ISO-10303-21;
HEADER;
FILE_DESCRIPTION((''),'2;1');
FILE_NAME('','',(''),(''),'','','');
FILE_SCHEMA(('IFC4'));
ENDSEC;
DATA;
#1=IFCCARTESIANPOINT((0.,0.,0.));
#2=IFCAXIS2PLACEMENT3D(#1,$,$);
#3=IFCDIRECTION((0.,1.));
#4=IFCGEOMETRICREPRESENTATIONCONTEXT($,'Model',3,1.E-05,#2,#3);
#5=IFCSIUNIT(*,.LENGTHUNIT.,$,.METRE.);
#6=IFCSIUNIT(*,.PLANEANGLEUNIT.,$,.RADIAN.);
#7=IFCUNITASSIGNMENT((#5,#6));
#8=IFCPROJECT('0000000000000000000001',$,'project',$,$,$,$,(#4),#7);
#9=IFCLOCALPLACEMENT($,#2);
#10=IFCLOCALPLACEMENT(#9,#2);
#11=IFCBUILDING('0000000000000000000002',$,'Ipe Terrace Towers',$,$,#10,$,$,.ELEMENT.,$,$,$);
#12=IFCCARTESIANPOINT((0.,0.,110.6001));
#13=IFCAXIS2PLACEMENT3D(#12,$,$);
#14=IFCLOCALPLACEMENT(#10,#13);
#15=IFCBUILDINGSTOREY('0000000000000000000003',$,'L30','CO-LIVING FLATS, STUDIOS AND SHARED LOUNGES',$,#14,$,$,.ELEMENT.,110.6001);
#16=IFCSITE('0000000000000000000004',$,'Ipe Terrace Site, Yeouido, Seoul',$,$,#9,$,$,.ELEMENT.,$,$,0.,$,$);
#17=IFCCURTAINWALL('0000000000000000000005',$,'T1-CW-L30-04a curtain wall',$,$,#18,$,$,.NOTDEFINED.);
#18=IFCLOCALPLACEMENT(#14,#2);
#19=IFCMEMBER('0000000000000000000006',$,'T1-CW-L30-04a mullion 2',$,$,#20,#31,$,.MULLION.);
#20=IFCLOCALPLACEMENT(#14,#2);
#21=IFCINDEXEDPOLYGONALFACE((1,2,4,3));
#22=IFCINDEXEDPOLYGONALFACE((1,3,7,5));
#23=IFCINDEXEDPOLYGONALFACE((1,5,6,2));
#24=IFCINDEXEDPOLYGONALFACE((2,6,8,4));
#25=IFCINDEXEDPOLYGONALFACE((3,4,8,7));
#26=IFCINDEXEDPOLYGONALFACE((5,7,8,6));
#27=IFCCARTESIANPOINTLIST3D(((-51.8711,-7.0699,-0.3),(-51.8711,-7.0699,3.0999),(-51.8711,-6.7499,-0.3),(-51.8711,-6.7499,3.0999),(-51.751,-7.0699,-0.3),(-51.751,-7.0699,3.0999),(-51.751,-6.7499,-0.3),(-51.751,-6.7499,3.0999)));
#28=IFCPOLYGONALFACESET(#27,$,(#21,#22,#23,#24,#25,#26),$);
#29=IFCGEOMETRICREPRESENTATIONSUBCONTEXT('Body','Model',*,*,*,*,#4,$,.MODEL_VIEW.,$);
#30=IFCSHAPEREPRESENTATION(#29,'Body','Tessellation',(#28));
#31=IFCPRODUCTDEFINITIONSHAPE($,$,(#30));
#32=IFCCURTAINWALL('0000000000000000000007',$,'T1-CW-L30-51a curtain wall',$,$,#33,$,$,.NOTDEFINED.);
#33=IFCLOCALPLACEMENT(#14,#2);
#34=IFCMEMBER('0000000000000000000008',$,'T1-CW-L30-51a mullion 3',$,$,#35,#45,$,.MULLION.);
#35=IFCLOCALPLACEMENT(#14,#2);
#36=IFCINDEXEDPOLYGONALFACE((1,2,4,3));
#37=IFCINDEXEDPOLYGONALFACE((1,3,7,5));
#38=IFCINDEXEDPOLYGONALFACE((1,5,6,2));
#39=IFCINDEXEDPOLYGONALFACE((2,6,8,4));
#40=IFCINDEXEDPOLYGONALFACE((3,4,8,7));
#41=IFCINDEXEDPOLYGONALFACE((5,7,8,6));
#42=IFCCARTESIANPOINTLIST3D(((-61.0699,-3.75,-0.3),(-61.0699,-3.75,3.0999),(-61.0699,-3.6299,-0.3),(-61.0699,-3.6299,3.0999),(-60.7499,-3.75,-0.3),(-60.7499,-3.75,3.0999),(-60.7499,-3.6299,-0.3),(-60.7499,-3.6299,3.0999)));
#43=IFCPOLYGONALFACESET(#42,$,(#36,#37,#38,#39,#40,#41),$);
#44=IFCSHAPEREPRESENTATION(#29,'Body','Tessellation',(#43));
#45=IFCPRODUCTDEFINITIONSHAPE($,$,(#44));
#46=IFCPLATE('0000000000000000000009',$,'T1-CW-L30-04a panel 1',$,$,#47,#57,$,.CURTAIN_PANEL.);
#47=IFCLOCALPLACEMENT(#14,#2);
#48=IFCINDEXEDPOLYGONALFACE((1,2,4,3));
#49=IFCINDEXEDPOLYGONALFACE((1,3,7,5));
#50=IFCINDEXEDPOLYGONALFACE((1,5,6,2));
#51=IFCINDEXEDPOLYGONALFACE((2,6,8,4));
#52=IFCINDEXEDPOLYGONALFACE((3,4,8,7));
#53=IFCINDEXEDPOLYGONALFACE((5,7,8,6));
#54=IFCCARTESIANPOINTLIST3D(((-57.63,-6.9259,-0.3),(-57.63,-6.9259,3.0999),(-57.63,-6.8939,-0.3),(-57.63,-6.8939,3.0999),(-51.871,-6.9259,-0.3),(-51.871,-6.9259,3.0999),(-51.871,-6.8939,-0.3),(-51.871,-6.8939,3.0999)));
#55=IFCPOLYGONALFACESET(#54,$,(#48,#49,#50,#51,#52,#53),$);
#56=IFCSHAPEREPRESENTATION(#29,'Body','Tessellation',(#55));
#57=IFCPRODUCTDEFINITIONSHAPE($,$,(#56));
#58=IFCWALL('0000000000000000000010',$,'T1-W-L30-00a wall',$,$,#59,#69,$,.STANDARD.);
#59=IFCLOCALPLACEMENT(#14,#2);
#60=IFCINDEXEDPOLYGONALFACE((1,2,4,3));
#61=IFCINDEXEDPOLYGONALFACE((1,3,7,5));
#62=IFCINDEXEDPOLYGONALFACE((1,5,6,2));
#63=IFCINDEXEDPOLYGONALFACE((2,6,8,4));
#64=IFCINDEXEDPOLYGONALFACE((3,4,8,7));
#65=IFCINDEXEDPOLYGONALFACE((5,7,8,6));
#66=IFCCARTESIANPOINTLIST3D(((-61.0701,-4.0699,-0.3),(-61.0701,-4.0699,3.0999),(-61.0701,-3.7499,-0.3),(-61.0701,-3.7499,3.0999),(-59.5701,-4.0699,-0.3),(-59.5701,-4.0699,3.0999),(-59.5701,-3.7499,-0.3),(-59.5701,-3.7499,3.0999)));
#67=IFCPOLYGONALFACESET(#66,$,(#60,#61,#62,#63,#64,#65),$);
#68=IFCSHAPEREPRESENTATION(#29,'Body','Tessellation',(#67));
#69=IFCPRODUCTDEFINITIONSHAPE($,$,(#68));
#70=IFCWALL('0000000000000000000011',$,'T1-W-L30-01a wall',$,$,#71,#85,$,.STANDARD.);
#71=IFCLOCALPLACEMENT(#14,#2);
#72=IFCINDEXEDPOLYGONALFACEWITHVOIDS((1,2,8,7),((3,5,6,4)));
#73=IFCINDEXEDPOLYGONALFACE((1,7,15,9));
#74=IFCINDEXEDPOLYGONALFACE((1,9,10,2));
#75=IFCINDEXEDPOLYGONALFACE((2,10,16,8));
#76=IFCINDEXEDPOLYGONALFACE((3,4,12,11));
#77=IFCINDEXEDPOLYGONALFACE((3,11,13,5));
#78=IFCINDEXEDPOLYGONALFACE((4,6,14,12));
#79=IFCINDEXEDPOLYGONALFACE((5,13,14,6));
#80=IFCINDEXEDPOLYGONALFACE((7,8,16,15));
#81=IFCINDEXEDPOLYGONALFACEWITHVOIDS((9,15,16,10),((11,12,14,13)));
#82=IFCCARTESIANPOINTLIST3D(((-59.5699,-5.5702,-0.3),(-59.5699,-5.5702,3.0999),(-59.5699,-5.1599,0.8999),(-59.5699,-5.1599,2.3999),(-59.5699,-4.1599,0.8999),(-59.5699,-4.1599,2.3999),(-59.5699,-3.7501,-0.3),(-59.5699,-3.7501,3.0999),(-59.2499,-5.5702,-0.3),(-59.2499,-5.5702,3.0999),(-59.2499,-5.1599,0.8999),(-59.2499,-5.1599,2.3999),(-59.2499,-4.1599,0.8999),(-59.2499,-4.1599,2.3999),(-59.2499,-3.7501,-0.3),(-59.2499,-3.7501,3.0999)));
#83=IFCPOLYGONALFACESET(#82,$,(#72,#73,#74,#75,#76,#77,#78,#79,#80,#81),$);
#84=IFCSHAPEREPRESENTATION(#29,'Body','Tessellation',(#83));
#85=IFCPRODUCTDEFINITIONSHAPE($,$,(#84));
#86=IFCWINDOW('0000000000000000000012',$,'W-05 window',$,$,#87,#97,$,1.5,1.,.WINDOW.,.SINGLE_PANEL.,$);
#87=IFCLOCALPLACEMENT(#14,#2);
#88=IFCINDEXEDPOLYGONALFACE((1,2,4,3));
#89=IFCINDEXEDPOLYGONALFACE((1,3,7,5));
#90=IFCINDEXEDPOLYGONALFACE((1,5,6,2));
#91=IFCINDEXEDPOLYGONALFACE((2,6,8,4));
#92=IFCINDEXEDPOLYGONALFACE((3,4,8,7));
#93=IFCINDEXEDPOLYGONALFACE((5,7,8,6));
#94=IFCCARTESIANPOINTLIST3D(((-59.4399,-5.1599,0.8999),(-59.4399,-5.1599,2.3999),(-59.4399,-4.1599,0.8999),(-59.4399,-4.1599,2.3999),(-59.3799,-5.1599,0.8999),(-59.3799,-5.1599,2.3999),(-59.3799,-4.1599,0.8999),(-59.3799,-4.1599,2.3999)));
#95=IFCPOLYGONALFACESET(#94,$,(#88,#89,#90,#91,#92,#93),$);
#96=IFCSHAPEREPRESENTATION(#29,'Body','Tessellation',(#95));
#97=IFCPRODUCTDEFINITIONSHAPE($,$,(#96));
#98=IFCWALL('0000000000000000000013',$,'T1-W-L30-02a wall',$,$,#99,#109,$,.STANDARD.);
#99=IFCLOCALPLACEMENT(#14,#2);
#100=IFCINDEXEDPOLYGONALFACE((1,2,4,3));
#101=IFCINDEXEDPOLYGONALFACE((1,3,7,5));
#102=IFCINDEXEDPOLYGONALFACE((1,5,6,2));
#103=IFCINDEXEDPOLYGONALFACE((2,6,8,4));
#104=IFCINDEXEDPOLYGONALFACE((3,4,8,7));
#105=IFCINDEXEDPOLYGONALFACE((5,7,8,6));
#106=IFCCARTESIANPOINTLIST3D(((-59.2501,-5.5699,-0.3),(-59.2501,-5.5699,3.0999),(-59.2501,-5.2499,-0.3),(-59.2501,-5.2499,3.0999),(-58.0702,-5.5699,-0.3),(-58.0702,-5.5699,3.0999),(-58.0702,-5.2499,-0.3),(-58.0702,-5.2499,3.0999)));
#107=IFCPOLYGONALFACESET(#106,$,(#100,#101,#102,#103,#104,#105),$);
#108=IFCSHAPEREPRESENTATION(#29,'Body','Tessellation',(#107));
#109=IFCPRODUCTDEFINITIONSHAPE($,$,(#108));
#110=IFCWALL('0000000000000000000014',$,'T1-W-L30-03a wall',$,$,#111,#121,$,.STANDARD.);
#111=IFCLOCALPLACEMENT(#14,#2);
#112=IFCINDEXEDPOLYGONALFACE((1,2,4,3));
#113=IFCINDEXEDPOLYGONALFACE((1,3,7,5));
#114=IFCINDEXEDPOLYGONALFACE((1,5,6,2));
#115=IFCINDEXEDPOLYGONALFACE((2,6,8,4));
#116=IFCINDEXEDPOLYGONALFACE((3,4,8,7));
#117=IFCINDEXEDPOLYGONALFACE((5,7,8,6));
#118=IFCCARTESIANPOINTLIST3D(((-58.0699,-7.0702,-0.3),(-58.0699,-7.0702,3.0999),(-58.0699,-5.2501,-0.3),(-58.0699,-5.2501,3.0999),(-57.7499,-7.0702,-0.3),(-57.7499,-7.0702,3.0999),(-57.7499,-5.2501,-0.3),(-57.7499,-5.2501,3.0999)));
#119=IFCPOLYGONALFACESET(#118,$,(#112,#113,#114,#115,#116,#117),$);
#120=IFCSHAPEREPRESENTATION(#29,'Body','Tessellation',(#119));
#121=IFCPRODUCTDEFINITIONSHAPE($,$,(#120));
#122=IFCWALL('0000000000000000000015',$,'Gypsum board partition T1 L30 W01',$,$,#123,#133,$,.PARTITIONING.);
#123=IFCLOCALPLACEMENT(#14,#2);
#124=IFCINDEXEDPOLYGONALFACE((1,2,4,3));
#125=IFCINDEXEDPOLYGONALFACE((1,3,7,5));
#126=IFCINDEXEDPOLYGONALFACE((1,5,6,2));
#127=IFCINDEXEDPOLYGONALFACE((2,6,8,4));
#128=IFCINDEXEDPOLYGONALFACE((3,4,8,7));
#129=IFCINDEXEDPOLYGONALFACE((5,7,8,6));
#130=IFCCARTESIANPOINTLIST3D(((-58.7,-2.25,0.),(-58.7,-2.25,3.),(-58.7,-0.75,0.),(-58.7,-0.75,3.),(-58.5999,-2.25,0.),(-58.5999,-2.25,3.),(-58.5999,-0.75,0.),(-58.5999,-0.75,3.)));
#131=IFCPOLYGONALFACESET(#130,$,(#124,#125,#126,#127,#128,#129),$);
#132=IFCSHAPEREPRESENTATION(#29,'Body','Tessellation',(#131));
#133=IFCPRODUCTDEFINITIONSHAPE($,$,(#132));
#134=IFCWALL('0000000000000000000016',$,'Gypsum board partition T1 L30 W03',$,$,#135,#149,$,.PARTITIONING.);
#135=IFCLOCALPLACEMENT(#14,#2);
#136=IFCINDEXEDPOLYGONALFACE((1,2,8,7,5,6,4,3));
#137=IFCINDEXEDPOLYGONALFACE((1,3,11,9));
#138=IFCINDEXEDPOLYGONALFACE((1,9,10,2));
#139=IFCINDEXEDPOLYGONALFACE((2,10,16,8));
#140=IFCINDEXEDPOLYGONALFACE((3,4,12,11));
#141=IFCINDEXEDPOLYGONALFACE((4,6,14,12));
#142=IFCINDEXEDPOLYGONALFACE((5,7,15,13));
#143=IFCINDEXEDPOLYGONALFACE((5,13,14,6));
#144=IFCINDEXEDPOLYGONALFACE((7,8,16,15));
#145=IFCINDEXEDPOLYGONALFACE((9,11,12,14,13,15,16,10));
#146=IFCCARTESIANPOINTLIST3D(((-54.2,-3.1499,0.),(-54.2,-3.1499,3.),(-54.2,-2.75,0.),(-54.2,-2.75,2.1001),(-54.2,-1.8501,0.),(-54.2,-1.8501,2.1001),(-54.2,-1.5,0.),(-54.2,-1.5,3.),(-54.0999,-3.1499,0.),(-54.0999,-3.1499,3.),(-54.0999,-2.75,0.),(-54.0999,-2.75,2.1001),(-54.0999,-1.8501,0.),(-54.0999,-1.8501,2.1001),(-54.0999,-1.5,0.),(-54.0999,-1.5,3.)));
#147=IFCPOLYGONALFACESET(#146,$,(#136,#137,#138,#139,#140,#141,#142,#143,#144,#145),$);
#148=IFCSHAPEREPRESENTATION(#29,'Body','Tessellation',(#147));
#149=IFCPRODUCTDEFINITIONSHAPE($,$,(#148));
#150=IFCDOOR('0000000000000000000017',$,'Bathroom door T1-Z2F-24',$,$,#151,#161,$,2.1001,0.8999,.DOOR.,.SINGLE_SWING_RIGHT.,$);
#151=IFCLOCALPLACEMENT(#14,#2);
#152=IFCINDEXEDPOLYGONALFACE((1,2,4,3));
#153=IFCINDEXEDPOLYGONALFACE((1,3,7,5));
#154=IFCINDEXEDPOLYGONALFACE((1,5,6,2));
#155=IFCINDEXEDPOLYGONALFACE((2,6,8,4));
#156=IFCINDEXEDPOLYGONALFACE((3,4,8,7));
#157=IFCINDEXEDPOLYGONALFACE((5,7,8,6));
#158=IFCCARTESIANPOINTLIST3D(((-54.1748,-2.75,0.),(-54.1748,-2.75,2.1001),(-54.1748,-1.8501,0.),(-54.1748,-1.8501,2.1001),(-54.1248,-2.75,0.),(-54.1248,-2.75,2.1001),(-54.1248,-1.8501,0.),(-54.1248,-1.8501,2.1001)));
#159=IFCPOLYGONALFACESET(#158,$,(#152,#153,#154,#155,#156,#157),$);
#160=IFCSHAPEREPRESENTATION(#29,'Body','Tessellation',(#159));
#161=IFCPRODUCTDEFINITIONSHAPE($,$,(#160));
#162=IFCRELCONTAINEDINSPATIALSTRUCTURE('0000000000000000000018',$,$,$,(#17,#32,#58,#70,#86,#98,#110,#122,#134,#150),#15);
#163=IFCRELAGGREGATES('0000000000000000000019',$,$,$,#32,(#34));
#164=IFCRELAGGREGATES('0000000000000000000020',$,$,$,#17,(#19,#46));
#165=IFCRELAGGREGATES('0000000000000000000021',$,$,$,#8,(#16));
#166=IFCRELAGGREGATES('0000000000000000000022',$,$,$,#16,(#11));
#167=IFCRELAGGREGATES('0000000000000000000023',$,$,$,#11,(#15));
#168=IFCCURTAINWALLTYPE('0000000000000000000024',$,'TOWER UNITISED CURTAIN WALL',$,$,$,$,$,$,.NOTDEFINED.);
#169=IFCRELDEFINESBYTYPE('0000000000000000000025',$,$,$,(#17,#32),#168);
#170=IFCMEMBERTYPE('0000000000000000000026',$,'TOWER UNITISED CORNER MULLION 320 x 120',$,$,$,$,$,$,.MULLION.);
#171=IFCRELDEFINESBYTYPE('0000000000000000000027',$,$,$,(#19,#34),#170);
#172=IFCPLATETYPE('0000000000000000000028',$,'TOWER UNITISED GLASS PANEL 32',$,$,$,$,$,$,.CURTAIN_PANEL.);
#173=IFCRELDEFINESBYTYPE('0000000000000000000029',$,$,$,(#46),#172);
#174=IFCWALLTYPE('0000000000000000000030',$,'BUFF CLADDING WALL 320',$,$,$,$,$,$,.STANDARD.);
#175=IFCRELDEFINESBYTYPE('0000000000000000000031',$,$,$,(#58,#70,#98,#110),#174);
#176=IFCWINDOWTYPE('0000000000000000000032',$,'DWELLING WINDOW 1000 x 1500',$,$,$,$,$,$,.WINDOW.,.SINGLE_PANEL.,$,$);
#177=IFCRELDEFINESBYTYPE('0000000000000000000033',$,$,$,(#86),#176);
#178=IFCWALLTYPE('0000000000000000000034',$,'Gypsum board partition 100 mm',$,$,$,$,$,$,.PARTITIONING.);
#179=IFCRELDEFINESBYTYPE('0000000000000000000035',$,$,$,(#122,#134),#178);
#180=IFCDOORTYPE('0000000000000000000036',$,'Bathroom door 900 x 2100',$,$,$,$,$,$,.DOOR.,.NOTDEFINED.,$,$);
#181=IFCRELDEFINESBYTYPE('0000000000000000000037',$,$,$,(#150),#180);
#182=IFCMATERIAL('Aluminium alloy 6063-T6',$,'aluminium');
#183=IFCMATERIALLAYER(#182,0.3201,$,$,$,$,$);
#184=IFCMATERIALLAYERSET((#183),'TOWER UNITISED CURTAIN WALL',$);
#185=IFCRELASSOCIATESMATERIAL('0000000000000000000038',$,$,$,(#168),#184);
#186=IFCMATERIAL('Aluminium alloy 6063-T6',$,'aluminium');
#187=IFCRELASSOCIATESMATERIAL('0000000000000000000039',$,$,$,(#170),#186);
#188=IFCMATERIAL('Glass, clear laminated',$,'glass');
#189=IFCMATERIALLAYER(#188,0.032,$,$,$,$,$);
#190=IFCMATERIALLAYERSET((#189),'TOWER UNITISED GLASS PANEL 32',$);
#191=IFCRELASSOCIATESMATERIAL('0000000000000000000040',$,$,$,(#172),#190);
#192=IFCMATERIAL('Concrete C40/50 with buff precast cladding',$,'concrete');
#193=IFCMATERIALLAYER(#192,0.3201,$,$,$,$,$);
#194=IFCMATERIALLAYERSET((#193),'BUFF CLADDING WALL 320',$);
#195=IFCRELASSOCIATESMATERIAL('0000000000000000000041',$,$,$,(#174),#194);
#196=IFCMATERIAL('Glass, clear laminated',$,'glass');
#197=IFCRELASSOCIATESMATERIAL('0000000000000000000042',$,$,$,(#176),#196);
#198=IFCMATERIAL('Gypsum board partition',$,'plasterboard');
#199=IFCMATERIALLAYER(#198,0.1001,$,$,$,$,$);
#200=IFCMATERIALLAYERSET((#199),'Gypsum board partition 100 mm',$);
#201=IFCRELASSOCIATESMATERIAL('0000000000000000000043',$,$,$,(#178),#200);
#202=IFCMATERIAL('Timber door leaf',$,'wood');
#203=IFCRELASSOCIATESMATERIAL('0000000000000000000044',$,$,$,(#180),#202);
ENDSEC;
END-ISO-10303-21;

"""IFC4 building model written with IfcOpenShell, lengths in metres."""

from ifc_helpers import new_model, si_unit, direction, frame, frame_2d, origin, origin_2d, place, context, subcontext, project, spatial, rectangle, extrude, material, layer, layer_set, material_profile, profile_set, type_object, element, fill, aggregate, save


model = new_model("IFC4")

# Units and contexts
model_context = context("Model", 3, precision=1e-05, world=origin(), true_north=direction((0.0, 1.0)))
body_context = subcontext(model_context, "Body", "Model", "MODEL_VIEW")
ifc_project = project(units=[si_unit("LENGTHUNIT", "METRE"), si_unit("PLANEANGLEUNIT", "RADIAN")], contexts=[model_context])

# Site, building, storey
site_placement = place(None, origin())
site = spatial("IfcSite", under=ifc_project, at=site_placement, Name="Ipe Terrace Site, Yeouido, Seoul", CompositionType="ELEMENT", RefElevation=0.0)
building_placement = place(site_placement, origin())
building = spatial("IfcBuilding", under=site, at=building_placement, Name="Ipe Terrace Towers", CompositionType="ELEMENT")
storey_placement = place(building_placement, frame((0.0, 0.0, 110.6001)))
storey = spatial("IfcBuildingStorey", under=building, at=storey_placement, Name="L30", Description="CO-LIVING FLATS, STUDIOS AND SHARED LOUNGES", CompositionType="ELEMENT", Elevation=110.6001)

# Curtain wall, member
ifc_material_1 = material(Name="Aluminium alloy 6063-T6", Category="aluminium")
ifc_layer_1 = layer(ifc_material_1, 0.3201)
ifc_layer_set_1 = layer_set([ifc_layer_1], Name="TOWER UNITISED CURTAIN WALL")
curtain_wall_type = type_object("IfcCurtainWallType", Name="TOWER UNITISED CURTAIN WALL", PredefinedType="NOTDEFINED", material=ifc_layer_set_1)
curtain_wall_1_placement = place(storey_placement, origin())
curtain_wall_1 = element("IfcCurtainWall", 1, at=curtain_wall_1_placement, inside=storey, type_object=curtain_wall_type, Name="T1-CW-L30-04a curtain wall", PredefinedType="NOTDEFINED")
ifc_material_2 = material(Name="Aluminium alloy 6063-T6", Category="aluminium")
ifc_material_profile_1 = material_profile(ifc_material_2, rectangle(XDim=0.3201, YDim=0.1201, at=origin_2d()), Name="TOWER UNITISED CORNER MULLION 320 x 120")
ifc_profile_set_1 = profile_set([ifc_material_profile_1], Name="Aluminium alloy 6063-T6")
member_type = type_object("IfcMemberType", Name="TOWER UNITISED CORNER MULLION 320 x 120", PredefinedType="MULLION", material=ifc_profile_set_1)
member_1_placement = place(storey_placement, frame((-51.811, -6.9099, -0.3), z_axis=(0.0, 0.0, 1.0), x_axis=(0.0, -1.0, 0.0)))
member_1 = element("IfcMember", 2, at=member_1_placement, type_object=member_type, Name="T1-CW-L30-04a mullion 2", PredefinedType="MULLION", context=body_context, shape_type="SweptSolid", body=[
    extrude(rectangle(XDim=0.3201, YDim=0.1201, at=origin_2d()), origin(), (0.0, 0.0, 1.0), 3.3999),
])

# Curtain wall, member
curtain_wall_2_placement = place(storey_placement, origin())
curtain_wall_2 = element("IfcCurtainWall", 3, at=curtain_wall_2_placement, inside=storey, type_object=curtain_wall_type, Name="T1-CW-L30-51a curtain wall", PredefinedType="NOTDEFINED")
member_2_placement = place(storey_placement, frame((-60.9099, -3.6899, -0.3), z_axis=(0.0, 0.0, 1.0), x_axis=(-1.0, 0.0, 0.0)))
member_2 = element("IfcMember", 4, at=member_2_placement, type_object=member_type, Name="T1-CW-L30-51a mullion 3", PredefinedType="MULLION", context=body_context, shape_type="SweptSolid", body=[
    extrude(rectangle(XDim=0.3201, YDim=0.1201, at=origin_2d()), origin(), (0.0, 0.0, 1.0), 3.3999),
])
aggregate(curtain_wall_2, [member_2])

# Plate
ifc_material_3 = material(Name="Glass, clear laminated", Category="glass")
ifc_layer_2 = layer(ifc_material_3, 0.032)
ifc_layer_set_2 = layer_set([ifc_layer_2], Name="TOWER UNITISED GLASS PANEL 32")
plate_type = type_object("IfcPlateType", Name="TOWER UNITISED GLASS PANEL 32", PredefinedType="CURTAIN_PANEL", material=ifc_layer_set_2)
plate_placement = place(storey_placement, frame((-54.7505, -6.9099, -0.3), z_axis=(0.0, 0.0, 1.0), x_axis=(1.0, 0.0, 0.0)))
plate = element("IfcPlate", 5, at=plate_placement, type_object=plate_type, Name="T1-CW-L30-04a panel 1", PredefinedType="CURTAIN_PANEL", context=body_context, shape_type="SweptSolid", body=[
    extrude(rectangle(XDim=5.759, YDim=0.032, at=origin_2d()), origin(), (0.0, 0.0, 1.0), 3.3999),
])
aggregate(curtain_wall_1, [member_1, plate])

# Wall
ifc_material_4 = material(Name="Concrete C40/50 with buff precast cladding", Category="concrete")
ifc_layer_3 = layer(ifc_material_4, 0.3201)
ifc_layer_set_3 = layer_set([ifc_layer_3], Name="BUFF CLADDING WALL 320")
wall_type_1 = type_object("IfcWallType", Name="BUFF CLADDING WALL 320", PredefinedType="STANDARD", material=ifc_layer_set_3)
wall_1_placement = place(storey_placement, frame((-61.0701, -3.9099, -0.3), z_axis=(0.0, 0.0, 1.0), x_axis=(1.0, 0.0, 0.0)))
element("IfcWall", 6, at=wall_1_placement, inside=storey, type_object=wall_type_1, Name="T1-W-L30-00a wall", PredefinedType="STANDARD", context=body_context, shape_type="SweptSolid", body=[
    extrude(rectangle(XDim=1.5, YDim=0.3201, at=frame_2d((0.75, 0.0))), origin(), (0.0, 0.0, 1.0), 3.3999),
])

# Wall, opening, window
wall_2_placement = place(storey_placement, frame((-59.4099, -3.75, -0.3), z_axis=(0.0, 0.0, 1.0), x_axis=(0.0, -1.0, 0.0)))
wall_2 = element("IfcWall", 7, at=wall_2_placement, inside=storey, type_object=wall_type_1, Name="T1-W-L30-01a wall", PredefinedType="STANDARD", context=body_context, shape_type="SweptSolid", body=[
    extrude(rectangle(XDim=1.8201, YDim=0.3201, at=frame_2d((0.9102, 0.0))), origin(), (0.0, 0.0, 1.0), 3.3999),
])
opening_1_placement = place(wall_2_placement, frame((0.4099, 0.0, 1.2)))
opening_1 = element("IfcOpeningElement", 8, at=opening_1_placement, cuts=wall_2, PredefinedType="OPENING", context=body_context, shape_type="SweptSolid", body=[
    extrude(rectangle(XDim=1.0, YDim=1.5, at=frame_2d((0.5, 0.75))), frame((0.0, 0.1699, 0.0), z_axis=(0.0, -1.0, 0.0), x_axis=(1.0, 0.0, 0.0)), (0.0, 0.0, 1.0), 0.3401),
])
ifc_material_5 = material(Name="Glass, clear laminated", Category="glass")
window_type = type_object("IfcWindowType", Name="DWELLING WINDOW 1000 x 1500", PartitioningType="SINGLE_PANEL", PredefinedType="WINDOW", material=ifc_material_5)
window_placement = place(opening_1_placement, origin())
window = element("IfcWindow", 9, at=window_placement, inside=storey, type_object=window_type, Name="W-05 window", OverallHeight=1.5, OverallWidth=1.0, PartitioningType="SINGLE_PANEL", PredefinedType="WINDOW", context=body_context, shape_type="SweptSolid", body=[
    extrude(rectangle(XDim=1.0, YDim=1.5, at=frame_2d((0.5, 0.75))), frame((0.0, 0.03, 0.0), z_axis=(0.0, -1.0, 0.0), x_axis=(1.0, 0.0, 0.0)), (0.0, 0.0, 1.0), 0.0601),
])
fill(opening_1, window)

# Walls
wall_3_placement = place(storey_placement, frame((-59.25, -5.4099, -0.3), z_axis=(0.0, 0.0, 1.0), x_axis=(1.0, 0.0, 0.0)))
element("IfcWall", 10, at=wall_3_placement, inside=storey, type_object=wall_type_1, Name="T1-W-L30-02a wall", PredefinedType="STANDARD", context=body_context, shape_type="SweptSolid", body=[
    extrude(rectangle(XDim=1.1799, YDim=0.3201, at=frame_2d((0.5898, 0.0))), origin(), (0.0, 0.0, 1.0), 3.3999),
])
wall_4_placement = place(storey_placement, frame((-57.9099, -5.25, -0.3), z_axis=(0.0, 0.0, 1.0), x_axis=(0.0, -1.0, 0.0)))
element("IfcWall", 11, at=wall_4_placement, inside=storey, type_object=wall_type_1, Name="T1-W-L30-03a wall", PredefinedType="STANDARD", context=body_context, shape_type="SweptSolid", body=[
    extrude(rectangle(XDim=1.8201, YDim=0.3201, at=frame_2d((0.9102, 0.0))), origin(), (0.0, 0.0, 1.0), 3.3999),
])
ifc_material_6 = material(Name="Gypsum board partition", Category="plasterboard")
ifc_layer_4 = layer(ifc_material_6, 0.1001)
ifc_layer_set_4 = layer_set([ifc_layer_4], Name="Gypsum board partition 100 mm")
wall_type_2 = type_object("IfcWallType", Name="Gypsum board partition 100 mm", PredefinedType="PARTITIONING", material=ifc_layer_set_4)
wall_5_placement = place(storey_placement, frame((-58.6499, -2.25, 0.0), z_axis=(0.0, 0.0, 1.0), x_axis=(0.0, 1.0, 0.0)))
element("IfcWall", 12, at=wall_5_placement, inside=storey, type_object=wall_type_2, Name="Gypsum board partition T1 L30 W01", PredefinedType="PARTITIONING", context=body_context, shape_type="SweptSolid", body=[
    extrude(rectangle(XDim=1.5, YDim=0.1001, at=frame_2d((0.75, 0.0))), origin(), (0.0, 0.0, 1.0), 3.0),
])

# Wall, opening, door
wall_6_placement = place(storey_placement, frame((-54.1499, -3.1499, 0.0), z_axis=(0.0, 0.0, 1.0), x_axis=(0.0, 1.0, 0.0)))
wall_6 = element("IfcWall", 13, at=wall_6_placement, inside=storey, type_object=wall_type_2, Name="Gypsum board partition T1 L30 W03", PredefinedType="PARTITIONING", context=body_context, shape_type="SweptSolid", body=[
    extrude(rectangle(XDim=1.6499, YDim=0.1001, at=frame_2d((0.825, 0.0))), origin(), (0.0, 0.0, 1.0), 3.0),
])
opening_2_placement = place(wall_6_placement, frame((0.3999, 0.0, 0.0)))
opening_2 = element("IfcOpeningElement", 14, at=opening_2_placement, cuts=wall_6, PredefinedType="OPENING", context=body_context, shape_type="SweptSolid", body=[
    extrude(rectangle(XDim=0.8999, YDim=2.1001, at=frame_2d((0.45, 1.05))), frame((0.0, 0.0601, 0.0), z_axis=(0.0, -1.0, 0.0), x_axis=(1.0, 0.0, 0.0)), (0.0, 0.0, 1.0), 0.1201),
])
ifc_material_7 = material(Name="Timber door leaf", Category="wood")
door_type_1 = type_object("IfcDoorType", Name="Bathroom door 900 x 2100", OperationType="NOTDEFINED", PredefinedType="DOOR", material=ifc_material_7)
door_1_placement = place(opening_2_placement, origin())
door_1 = element("IfcDoor", 15, at=door_1_placement, inside=storey, type_object=door_type_1, Name="Bathroom door T1-Z2F-24", OperationType="SINGLE_SWING_RIGHT", OverallHeight=2.1001, OverallWidth=0.8999, PredefinedType="DOOR", context=body_context, shape_type="SweptSolid", body=[
    extrude(rectangle(XDim=0.8999, YDim=2.1001, at=frame_2d((0.45, 1.05))), frame((0.0, 0.0249, 0.0), z_axis=(0.0, -1.0, 0.0), x_axis=(1.0, 0.0, 0.0)), (0.0, 0.0, 1.0), 0.05),
])
fill(opening_2, door_1)

save(model, "model.ifc")
